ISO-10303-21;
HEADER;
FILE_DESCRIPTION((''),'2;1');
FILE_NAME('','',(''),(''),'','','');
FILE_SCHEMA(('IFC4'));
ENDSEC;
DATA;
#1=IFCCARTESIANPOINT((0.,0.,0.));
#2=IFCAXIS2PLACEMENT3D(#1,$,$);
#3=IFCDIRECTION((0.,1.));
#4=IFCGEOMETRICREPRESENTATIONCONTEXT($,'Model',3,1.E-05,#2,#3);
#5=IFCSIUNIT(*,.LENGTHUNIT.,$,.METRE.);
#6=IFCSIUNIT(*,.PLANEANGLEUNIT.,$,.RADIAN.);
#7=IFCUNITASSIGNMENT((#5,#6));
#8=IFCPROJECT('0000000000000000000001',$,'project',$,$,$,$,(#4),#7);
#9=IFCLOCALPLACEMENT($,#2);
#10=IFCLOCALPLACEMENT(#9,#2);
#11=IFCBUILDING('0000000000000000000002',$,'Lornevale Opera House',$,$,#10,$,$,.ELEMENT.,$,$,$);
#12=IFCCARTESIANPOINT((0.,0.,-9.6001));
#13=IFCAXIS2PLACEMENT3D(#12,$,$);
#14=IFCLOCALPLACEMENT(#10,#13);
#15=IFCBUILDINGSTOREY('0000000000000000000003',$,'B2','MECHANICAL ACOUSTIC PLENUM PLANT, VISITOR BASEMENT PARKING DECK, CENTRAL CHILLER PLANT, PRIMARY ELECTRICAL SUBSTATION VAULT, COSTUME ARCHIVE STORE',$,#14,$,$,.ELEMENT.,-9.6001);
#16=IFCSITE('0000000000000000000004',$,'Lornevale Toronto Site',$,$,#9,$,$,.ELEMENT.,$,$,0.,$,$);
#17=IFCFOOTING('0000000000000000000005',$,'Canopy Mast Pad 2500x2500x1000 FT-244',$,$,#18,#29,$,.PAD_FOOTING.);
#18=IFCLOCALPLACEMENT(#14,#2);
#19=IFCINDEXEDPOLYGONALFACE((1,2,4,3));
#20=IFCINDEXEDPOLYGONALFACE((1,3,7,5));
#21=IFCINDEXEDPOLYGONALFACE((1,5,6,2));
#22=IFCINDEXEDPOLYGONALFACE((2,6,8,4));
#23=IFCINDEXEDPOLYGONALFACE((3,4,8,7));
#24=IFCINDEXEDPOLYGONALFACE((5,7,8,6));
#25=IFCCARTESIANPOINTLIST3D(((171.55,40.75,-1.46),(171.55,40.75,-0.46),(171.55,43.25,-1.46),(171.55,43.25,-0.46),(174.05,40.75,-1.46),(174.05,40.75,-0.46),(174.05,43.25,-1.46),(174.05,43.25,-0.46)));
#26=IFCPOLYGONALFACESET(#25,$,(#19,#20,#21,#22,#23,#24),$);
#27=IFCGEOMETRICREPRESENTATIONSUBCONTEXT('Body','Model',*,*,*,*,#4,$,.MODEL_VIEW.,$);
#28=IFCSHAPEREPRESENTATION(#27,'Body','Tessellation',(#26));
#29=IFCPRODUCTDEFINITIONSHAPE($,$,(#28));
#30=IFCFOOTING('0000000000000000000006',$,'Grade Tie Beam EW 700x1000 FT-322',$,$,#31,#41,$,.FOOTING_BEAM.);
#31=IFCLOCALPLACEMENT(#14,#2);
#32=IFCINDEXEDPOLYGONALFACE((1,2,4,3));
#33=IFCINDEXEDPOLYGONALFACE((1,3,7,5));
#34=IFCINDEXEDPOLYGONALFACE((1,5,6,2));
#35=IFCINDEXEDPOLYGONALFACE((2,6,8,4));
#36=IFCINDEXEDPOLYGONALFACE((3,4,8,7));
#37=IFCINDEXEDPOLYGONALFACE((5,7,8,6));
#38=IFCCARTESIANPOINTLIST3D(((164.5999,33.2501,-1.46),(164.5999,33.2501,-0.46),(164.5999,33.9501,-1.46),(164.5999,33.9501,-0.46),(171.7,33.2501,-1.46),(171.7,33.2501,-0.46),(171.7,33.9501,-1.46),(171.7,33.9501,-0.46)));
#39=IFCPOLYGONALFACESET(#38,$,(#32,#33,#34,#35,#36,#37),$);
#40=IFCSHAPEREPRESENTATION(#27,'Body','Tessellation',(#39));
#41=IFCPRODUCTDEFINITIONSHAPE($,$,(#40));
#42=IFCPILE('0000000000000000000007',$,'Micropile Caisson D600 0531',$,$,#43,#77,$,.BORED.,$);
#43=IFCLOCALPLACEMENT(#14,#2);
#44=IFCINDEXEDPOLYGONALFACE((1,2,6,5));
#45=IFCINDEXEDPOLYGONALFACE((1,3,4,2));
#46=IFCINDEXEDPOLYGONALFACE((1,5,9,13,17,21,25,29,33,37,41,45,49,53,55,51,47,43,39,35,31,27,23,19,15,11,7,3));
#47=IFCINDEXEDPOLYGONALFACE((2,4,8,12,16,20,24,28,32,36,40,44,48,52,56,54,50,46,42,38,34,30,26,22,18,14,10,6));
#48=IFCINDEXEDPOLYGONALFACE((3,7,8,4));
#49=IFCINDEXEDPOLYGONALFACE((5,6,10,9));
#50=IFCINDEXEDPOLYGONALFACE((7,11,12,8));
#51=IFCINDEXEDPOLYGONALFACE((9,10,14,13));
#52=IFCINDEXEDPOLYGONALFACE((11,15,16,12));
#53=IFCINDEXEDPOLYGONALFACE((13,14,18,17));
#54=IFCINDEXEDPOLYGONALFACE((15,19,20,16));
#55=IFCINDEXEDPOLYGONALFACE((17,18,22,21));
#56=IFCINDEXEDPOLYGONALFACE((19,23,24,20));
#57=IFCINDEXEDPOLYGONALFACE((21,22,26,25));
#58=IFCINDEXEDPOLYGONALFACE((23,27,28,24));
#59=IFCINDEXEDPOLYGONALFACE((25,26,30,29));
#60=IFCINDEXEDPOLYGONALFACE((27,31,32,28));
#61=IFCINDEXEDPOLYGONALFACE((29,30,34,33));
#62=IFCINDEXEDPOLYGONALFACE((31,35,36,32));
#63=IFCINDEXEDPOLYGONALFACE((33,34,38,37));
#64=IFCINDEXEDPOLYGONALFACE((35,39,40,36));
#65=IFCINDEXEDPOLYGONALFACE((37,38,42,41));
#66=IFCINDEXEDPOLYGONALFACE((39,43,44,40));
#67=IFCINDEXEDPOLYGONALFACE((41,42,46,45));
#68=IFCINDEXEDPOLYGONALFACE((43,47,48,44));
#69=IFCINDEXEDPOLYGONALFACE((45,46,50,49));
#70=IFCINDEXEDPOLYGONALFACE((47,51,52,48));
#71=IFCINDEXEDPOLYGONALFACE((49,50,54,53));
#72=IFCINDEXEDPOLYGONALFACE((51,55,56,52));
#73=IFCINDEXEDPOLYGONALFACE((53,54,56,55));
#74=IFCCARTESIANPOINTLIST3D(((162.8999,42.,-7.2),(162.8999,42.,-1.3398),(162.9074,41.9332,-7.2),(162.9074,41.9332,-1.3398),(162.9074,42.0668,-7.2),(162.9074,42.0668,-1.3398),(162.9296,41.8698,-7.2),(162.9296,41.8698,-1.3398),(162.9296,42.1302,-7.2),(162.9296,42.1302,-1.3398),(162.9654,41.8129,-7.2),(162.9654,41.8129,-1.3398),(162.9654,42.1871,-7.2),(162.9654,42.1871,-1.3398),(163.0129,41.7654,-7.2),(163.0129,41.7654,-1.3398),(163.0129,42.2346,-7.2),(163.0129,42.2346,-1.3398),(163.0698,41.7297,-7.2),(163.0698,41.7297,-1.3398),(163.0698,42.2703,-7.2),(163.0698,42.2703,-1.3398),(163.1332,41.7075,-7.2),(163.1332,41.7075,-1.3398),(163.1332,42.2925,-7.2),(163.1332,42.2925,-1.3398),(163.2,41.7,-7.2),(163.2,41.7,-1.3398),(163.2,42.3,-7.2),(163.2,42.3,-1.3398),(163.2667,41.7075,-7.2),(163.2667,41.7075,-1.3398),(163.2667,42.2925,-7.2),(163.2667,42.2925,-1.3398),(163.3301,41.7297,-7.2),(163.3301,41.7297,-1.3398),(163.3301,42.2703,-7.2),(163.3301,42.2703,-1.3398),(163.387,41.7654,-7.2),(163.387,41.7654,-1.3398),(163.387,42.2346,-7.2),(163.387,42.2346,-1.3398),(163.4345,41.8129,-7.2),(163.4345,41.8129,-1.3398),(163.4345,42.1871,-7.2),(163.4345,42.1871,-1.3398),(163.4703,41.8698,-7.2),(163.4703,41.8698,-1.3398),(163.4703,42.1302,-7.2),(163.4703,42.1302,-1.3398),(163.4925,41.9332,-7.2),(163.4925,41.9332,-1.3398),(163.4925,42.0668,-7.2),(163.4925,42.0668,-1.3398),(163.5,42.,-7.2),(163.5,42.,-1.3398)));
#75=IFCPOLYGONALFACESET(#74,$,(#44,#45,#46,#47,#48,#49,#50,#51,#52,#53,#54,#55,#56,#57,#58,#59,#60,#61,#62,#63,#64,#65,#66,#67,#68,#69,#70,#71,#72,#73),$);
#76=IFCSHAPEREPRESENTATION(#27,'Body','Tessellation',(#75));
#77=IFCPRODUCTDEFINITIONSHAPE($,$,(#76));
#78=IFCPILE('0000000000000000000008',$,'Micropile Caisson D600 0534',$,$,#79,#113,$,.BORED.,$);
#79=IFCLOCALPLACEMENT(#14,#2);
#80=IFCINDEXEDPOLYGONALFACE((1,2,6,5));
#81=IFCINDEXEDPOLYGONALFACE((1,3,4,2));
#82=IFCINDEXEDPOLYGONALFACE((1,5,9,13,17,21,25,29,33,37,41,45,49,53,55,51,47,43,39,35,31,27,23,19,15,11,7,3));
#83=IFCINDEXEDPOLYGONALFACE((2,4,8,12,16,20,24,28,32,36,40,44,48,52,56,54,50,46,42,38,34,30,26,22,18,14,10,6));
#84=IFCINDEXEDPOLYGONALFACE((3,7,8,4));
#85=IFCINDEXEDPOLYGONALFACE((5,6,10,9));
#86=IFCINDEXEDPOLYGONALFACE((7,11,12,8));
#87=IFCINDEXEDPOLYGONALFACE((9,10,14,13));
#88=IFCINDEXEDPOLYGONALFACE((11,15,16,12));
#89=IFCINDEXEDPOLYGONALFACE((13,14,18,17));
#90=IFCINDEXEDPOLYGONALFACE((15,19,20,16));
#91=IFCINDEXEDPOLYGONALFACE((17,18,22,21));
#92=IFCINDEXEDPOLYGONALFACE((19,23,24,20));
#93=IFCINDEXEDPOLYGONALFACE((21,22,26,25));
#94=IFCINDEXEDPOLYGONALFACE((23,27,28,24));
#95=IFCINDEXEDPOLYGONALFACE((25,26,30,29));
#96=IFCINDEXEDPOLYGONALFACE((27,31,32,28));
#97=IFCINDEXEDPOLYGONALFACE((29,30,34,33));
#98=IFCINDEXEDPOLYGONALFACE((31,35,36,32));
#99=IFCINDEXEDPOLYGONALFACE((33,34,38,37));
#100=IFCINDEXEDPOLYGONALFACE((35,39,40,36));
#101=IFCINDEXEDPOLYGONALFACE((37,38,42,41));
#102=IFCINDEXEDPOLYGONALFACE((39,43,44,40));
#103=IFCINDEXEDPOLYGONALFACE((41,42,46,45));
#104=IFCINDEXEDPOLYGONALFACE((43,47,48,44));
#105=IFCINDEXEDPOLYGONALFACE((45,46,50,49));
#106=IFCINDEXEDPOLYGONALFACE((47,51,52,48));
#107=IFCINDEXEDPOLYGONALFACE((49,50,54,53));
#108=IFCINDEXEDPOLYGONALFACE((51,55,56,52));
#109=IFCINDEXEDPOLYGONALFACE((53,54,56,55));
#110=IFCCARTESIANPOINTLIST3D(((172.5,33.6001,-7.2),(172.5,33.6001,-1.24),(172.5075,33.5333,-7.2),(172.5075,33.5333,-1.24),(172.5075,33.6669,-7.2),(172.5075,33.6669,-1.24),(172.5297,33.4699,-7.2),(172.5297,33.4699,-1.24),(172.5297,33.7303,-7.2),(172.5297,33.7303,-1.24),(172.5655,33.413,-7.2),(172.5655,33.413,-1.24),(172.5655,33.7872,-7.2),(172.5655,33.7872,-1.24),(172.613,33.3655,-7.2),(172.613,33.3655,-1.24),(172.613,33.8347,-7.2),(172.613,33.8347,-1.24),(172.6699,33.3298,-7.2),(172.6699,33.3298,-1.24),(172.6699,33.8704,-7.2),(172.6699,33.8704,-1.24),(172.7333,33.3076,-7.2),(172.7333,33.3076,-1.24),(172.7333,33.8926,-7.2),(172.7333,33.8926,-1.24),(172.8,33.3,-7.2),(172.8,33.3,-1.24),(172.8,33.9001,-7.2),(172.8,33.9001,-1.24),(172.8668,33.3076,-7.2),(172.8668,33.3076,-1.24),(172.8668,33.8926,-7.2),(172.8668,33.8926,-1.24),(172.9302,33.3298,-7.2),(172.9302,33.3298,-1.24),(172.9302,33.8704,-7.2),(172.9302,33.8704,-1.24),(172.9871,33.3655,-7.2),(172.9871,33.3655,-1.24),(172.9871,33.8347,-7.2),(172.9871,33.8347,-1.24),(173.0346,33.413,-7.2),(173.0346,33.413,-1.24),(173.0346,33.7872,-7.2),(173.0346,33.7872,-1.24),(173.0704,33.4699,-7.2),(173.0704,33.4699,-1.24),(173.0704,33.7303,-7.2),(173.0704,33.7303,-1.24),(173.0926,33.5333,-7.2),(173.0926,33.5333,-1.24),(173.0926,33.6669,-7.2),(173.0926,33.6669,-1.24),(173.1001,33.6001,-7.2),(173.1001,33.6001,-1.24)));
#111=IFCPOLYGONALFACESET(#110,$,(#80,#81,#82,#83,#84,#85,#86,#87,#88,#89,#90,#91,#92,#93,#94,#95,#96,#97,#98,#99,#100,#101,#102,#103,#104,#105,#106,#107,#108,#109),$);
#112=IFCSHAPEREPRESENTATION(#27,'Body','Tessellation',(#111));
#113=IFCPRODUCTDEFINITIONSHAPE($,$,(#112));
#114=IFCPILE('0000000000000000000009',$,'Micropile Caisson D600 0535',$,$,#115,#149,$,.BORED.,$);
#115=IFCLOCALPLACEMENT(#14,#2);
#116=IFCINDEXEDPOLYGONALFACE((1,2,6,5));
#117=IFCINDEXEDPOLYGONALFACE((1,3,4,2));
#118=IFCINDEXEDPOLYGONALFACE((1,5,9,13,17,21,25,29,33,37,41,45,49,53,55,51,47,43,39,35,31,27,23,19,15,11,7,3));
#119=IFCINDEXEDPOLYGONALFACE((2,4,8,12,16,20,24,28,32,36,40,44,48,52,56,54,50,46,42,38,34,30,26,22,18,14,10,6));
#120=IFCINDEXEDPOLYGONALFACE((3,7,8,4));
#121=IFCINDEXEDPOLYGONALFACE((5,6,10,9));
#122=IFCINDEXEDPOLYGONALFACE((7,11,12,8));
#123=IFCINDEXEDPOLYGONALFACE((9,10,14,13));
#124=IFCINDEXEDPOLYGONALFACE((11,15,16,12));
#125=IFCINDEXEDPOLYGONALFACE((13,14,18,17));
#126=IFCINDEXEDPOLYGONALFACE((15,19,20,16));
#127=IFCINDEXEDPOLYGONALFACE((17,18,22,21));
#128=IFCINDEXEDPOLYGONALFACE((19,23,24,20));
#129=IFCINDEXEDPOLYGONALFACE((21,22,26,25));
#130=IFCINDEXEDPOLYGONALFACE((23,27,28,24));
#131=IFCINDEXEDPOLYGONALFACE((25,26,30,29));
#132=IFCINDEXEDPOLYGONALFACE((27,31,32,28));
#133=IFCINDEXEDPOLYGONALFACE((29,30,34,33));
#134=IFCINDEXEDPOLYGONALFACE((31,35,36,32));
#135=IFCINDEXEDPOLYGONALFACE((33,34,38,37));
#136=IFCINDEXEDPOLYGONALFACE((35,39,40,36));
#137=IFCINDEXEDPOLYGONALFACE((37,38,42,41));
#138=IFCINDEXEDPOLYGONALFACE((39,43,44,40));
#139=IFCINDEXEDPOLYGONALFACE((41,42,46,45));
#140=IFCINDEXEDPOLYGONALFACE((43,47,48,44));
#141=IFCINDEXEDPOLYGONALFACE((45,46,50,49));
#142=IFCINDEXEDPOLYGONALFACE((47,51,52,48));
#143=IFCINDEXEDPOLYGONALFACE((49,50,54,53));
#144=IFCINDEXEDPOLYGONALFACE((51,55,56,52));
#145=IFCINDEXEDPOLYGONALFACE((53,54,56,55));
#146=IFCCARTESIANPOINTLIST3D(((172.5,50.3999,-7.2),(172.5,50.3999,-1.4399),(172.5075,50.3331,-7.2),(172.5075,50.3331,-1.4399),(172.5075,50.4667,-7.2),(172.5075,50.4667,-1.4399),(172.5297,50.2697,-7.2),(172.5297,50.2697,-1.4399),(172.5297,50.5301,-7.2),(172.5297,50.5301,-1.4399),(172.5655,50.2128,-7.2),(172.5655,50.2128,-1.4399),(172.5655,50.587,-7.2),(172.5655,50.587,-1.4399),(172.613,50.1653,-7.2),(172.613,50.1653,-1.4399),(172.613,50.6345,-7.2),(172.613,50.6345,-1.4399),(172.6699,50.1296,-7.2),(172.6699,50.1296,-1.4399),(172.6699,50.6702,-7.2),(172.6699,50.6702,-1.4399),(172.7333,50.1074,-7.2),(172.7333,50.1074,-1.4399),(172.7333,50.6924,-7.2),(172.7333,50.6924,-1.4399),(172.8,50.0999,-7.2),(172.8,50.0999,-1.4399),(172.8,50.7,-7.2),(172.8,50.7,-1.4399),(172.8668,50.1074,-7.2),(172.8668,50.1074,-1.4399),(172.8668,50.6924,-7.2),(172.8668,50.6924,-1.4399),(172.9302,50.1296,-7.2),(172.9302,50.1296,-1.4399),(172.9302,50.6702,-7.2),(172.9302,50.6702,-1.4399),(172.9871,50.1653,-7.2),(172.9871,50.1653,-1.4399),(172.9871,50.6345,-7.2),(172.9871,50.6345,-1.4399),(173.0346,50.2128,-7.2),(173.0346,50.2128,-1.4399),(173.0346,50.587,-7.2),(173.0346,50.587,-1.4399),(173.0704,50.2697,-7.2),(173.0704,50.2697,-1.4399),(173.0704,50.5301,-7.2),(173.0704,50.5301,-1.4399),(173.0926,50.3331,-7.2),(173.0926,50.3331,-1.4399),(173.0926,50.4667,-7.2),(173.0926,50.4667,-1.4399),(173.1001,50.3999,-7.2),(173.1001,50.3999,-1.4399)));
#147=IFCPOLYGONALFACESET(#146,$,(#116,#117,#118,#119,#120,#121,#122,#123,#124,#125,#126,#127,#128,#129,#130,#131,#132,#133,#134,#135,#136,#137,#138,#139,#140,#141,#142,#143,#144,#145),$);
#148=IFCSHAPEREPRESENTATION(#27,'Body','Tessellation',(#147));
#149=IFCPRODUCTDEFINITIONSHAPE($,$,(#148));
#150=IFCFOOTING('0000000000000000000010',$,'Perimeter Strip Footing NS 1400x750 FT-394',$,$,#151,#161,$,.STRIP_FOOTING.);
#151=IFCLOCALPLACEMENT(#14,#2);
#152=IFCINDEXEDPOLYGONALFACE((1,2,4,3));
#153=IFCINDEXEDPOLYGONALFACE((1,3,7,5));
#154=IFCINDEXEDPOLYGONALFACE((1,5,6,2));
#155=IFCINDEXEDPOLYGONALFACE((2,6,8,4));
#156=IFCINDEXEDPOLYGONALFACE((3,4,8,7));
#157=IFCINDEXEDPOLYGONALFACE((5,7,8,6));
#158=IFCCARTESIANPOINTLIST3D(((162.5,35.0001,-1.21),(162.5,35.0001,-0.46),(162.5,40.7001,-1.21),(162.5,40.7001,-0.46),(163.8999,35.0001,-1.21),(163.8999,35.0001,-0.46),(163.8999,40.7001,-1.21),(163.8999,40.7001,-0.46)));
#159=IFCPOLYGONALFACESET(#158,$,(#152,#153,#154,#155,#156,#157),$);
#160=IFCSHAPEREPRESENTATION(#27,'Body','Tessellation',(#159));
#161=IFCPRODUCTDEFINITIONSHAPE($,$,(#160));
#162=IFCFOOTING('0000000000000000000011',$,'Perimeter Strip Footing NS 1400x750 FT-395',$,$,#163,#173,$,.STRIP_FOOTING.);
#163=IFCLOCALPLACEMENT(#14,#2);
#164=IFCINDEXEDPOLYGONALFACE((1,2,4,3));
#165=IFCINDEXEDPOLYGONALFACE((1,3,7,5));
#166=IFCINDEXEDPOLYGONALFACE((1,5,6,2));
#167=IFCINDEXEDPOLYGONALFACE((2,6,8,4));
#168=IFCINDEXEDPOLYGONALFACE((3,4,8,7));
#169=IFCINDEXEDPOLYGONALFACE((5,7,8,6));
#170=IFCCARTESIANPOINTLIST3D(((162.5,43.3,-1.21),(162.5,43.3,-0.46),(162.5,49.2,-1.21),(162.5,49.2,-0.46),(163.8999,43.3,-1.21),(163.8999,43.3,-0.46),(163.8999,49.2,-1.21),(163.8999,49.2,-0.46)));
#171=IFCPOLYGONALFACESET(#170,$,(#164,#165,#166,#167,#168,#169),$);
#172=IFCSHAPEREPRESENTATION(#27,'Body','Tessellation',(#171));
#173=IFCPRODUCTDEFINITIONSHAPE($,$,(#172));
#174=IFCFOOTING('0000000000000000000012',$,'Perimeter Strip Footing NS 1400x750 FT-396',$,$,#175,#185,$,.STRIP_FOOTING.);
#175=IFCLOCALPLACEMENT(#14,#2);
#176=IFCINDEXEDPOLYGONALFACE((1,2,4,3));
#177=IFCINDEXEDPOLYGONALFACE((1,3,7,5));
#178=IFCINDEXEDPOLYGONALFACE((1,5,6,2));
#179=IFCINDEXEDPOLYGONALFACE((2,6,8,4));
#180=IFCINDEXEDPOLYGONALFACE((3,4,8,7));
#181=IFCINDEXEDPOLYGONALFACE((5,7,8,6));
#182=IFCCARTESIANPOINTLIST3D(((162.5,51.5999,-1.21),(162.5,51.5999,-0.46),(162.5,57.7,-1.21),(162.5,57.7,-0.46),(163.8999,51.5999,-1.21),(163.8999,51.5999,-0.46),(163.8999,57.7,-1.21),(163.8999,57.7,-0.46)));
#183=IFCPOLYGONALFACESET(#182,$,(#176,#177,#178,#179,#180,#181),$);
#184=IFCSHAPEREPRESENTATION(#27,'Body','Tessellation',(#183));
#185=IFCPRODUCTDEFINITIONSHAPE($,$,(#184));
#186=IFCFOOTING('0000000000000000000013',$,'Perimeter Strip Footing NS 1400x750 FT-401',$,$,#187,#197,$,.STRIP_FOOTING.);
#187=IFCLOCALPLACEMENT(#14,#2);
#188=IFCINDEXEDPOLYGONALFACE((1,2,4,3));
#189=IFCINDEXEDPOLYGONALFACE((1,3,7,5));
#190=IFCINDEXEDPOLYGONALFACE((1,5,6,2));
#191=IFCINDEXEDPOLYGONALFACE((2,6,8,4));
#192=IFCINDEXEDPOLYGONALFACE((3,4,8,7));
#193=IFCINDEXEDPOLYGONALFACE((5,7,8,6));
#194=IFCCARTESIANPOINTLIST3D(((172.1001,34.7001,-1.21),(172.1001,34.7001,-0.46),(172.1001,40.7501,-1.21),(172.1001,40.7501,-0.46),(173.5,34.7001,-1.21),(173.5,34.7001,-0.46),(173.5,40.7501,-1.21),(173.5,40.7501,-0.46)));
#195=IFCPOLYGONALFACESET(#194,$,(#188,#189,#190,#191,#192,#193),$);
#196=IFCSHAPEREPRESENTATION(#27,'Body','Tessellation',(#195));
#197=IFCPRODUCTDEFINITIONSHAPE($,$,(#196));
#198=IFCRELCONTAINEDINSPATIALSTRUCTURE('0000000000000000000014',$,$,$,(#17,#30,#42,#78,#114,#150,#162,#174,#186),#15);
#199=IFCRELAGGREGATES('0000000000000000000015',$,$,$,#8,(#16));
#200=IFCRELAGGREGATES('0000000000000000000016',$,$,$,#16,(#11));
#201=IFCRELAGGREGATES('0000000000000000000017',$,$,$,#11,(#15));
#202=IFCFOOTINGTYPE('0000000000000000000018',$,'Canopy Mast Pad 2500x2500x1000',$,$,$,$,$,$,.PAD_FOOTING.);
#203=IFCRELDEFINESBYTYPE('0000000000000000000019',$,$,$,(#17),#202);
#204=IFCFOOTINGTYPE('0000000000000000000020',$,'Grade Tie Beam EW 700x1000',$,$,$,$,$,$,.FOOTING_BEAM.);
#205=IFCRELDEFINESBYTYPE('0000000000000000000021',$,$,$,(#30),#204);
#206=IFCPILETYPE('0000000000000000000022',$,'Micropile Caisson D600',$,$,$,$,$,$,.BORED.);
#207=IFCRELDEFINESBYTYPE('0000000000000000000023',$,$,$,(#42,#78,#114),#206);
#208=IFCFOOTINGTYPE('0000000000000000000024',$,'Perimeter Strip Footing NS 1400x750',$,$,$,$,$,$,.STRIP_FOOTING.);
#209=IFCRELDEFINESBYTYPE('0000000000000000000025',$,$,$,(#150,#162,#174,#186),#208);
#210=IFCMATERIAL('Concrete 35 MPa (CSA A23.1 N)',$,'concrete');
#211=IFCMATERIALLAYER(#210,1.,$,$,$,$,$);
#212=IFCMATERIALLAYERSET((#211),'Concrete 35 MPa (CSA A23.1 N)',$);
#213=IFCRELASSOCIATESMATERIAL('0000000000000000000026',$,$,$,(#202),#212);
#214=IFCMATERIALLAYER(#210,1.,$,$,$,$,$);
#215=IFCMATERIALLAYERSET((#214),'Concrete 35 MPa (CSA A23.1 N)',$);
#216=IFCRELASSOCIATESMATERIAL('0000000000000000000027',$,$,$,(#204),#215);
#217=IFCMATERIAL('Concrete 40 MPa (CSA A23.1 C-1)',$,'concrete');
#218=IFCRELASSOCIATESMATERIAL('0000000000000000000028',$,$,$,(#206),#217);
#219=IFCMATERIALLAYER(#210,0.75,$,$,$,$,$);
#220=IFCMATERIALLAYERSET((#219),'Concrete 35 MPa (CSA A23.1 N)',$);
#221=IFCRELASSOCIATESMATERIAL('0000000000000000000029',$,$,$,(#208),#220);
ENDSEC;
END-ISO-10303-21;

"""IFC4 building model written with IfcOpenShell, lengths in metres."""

from ifc_helpers import new_model, si_unit, direction, frame, origin, origin_2d, place, context, subcontext, project, spatial, rectangle, circle, extrude, material, layer, layer_set, material_profile, profile_set, type_object, element, save


model = new_model("IFC4")

# Units and contexts
model_context = context("Model", 3, precision=1e-05, world=origin(), true_north=direction((0.0, 1.0)))
body_context = subcontext(model_context, "Body", "Model", "MODEL_VIEW")
ifc_project = project(units=[si_unit("LENGTHUNIT", "METRE"), si_unit("PLANEANGLEUNIT", "RADIAN")], contexts=[model_context])

# Site, building, storey
site_placement = place(None, origin())
site = spatial("IfcSite", under=ifc_project, at=site_placement, Name="Lornevale Toronto Site", CompositionType="ELEMENT", RefElevation=0.0)
building_placement = place(site_placement, origin())
building = spatial("IfcBuilding", under=site, at=building_placement, Name="Lornevale Opera House", CompositionType="ELEMENT")
storey_placement = place(building_placement, frame((0.0, 0.0, -9.6001)))
storey = spatial("IfcBuildingStorey", under=building, at=storey_placement, Name="B2", Description="MECHANICAL ACOUSTIC PLENUM PLANT, VISITOR BASEMENT PARKING DECK, CENTRAL CHILLER PLANT, PRIMARY ELECTRICAL SUBSTATION VAULT, COSTUME ARCHIVE STORE", CompositionType="ELEMENT", Elevation=-9.6001)

# Footings
ifc_material_1 = material(Name="Concrete 35 MPa (CSA A23.1 N)", Category="concrete")
ifc_layer_1 = layer(ifc_material_1, 1.0)
ifc_layer_set_1 = layer_set([ifc_layer_1], Name="Concrete 35 MPa (CSA A23.1 N)")
footing_type_1 = type_object("IfcFootingType", Name="Canopy Mast Pad 2500x2500x1000", PredefinedType="PAD_FOOTING", material=ifc_layer_set_1)
footing_1_placement = place(storey_placement, frame((172.8, 42.0, -1.46), z_axis=(0.0, 0.0, 1.0), x_axis=(1.0, 0.0, 0.0)))
element("IfcFooting", 1, at=footing_1_placement, inside=storey, type_object=footing_type_1, Name="Canopy Mast Pad 2500x2500x1000 FT-244", PredefinedType="PAD_FOOTING", context=body_context, shape_type="SweptSolid", body=[
    extrude(rectangle(XDim=2.5, YDim=2.5, at=origin_2d()), origin(), (0.0, 0.0, 1.0), 1.0),
])
ifc_layer_2 = layer(ifc_material_1, 1.0)
ifc_layer_set_2 = layer_set([ifc_layer_2], Name="Concrete 35 MPa (CSA A23.1 N)")
footing_type_2 = type_object("IfcFootingType", Name="Grade Tie Beam EW 700x1000", PredefinedType="FOOTING_BEAM", material=ifc_layer_set_2)
footing_2_placement = place(storey_placement, frame((168.1499, 33.6001, -1.46), z_axis=(0.0, 0.0, 1.0), x_axis=(1.0, 0.0, 0.0)))
element("IfcFooting", 2, at=footing_2_placement, inside=storey, type_object=footing_type_2, Name="Grade Tie Beam EW 700x1000 FT-322", PredefinedType="FOOTING_BEAM", context=body_context, shape_type="SweptSolid", body=[
    extrude(rectangle(XDim=7.1001, YDim=0.7, at=origin_2d()), origin(), (0.0, 0.0, 1.0), 1.0),
])

# Piles
ifc_material_2 = material(Name="Concrete 40 MPa (CSA A23.1 C-1)", Category="concrete")
ifc_material_profile_1 = material_profile(ifc_material_2, circle(Radius=0.3, at=origin_2d()), Name="CAIS600")
ifc_profile_set_1 = profile_set([ifc_material_profile_1], Name="Concrete 40 MPa (CSA A23.1 C-1)")
pile_type = type_object("IfcPileType", Name="Micropile Caisson D600", PredefinedType="BORED", material=ifc_profile_set_1)
pile_1_placement = place(storey_placement, frame((163.2, 42.0, -1.3398), z_axis=(0.0, 0.0, -1.0), x_axis=(1.0, 0.0, 0.0)))
element("IfcPile", 3, at=pile_1_placement, inside=storey, type_object=pile_type, Name="Micropile Caisson D600 0531", PredefinedType="BORED", context=body_context, shape_type="SweptSolid", body=[
    extrude(circle(Radius=0.3, at=origin_2d()), origin(), (0.0, 0.0, 1.0), 5.8601),
])
pile_2_placement = place(storey_placement, frame((172.8, 33.6001, -1.24), z_axis=(0.0, 0.0, -1.0), x_axis=(1.0, 0.0, 0.0)))
element("IfcPile", 4, at=pile_2_placement, inside=storey, type_object=pile_type, Name="Micropile Caisson D600 0534", PredefinedType="BORED", context=body_context, shape_type="SweptSolid", body=[
    extrude(circle(Radius=0.3, at=origin_2d()), origin(), (0.0, 0.0, 1.0), 5.96),
])
pile_3_placement = place(storey_placement, frame((172.8, 50.3999, -1.4399), z_axis=(0.0, 0.0, -1.0), x_axis=(1.0, 0.0, 0.0)))
element("IfcPile", 5, at=pile_3_placement, inside=storey, type_object=pile_type, Name="Micropile Caisson D600 0535", PredefinedType="BORED", context=body_context, shape_type="SweptSolid", body=[
    extrude(circle(Radius=0.3, at=origin_2d()), origin(), (0.0, 0.0, 1.0), 5.76),
])

# Footings
ifc_layer_3 = layer(ifc_material_1, 0.75)
ifc_layer_set_3 = layer_set([ifc_layer_3], Name="Concrete 35 MPa (CSA A23.1 N)")
footing_type_3 = type_object("IfcFootingType", Name="Perimeter Strip Footing NS 1400x750", PredefinedType="STRIP_FOOTING", material=ifc_layer_set_3)
footing_3_placement = place(storey_placement, frame((163.2, 37.8501, -1.21), z_axis=(0.0, 0.0, 1.0), x_axis=(1.0, 0.0, 0.0)))
element("IfcFooting", 6, at=footing_3_placement, inside=storey, type_object=footing_type_3, Name="Perimeter Strip Footing NS 1400x750 FT-394", PredefinedType="STRIP_FOOTING", context=body_context, shape_type="SweptSolid", body=[
    extrude(rectangle(XDim=1.3999, YDim=5.7, at=origin_2d()), origin(), (0.0, 0.0, 1.0), 0.75),
])
footing_4_placement = place(storey_placement, frame((163.2, 46.25, -1.21), z_axis=(0.0, 0.0, 1.0), x_axis=(1.0, 0.0, 0.0)))
element("IfcFooting", 7, at=footing_4_placement, inside=storey, type_object=footing_type_3, Name="Perimeter Strip Footing NS 1400x750 FT-395", PredefinedType="STRIP_FOOTING", context=body_context, shape_type="SweptSolid", body=[
    extrude(rectangle(XDim=1.3999, YDim=5.8999, at=origin_2d()), origin(), (0.0, 0.0, 1.0), 0.75),
])
footing_5_placement = place(storey_placement, frame((163.2, 54.6499, -1.21), z_axis=(0.0, 0.0, 1.0), x_axis=(1.0, 0.0, 0.0)))
element("IfcFooting", 8, at=footing_5_placement, inside=storey, type_object=footing_type_3, Name="Perimeter Strip Footing NS 1400x750 FT-396", PredefinedType="STRIP_FOOTING", context=body_context, shape_type="SweptSolid", body=[
    extrude(rectangle(XDim=1.3999, YDim=6.1001, at=origin_2d()), origin(), (0.0, 0.0, 1.0), 0.75),
])
footing_6_placement = place(storey_placement, frame((172.8, 37.7251, -1.21), z_axis=(0.0, 0.0, 1.0), x_axis=(1.0, 0.0, 0.0)))
element("IfcFooting", 9, at=footing_6_placement, inside=storey, type_object=footing_type_3, Name="Perimeter Strip Footing NS 1400x750 FT-401", PredefinedType="STRIP_FOOTING", context=body_context, shape_type="SweptSolid", body=[
    extrude(rectangle(XDim=1.3999, YDim=6.05, at=origin_2d()), origin(), (0.0, 0.0, 1.0), 0.75),
])

save(model, "model.ifc")
